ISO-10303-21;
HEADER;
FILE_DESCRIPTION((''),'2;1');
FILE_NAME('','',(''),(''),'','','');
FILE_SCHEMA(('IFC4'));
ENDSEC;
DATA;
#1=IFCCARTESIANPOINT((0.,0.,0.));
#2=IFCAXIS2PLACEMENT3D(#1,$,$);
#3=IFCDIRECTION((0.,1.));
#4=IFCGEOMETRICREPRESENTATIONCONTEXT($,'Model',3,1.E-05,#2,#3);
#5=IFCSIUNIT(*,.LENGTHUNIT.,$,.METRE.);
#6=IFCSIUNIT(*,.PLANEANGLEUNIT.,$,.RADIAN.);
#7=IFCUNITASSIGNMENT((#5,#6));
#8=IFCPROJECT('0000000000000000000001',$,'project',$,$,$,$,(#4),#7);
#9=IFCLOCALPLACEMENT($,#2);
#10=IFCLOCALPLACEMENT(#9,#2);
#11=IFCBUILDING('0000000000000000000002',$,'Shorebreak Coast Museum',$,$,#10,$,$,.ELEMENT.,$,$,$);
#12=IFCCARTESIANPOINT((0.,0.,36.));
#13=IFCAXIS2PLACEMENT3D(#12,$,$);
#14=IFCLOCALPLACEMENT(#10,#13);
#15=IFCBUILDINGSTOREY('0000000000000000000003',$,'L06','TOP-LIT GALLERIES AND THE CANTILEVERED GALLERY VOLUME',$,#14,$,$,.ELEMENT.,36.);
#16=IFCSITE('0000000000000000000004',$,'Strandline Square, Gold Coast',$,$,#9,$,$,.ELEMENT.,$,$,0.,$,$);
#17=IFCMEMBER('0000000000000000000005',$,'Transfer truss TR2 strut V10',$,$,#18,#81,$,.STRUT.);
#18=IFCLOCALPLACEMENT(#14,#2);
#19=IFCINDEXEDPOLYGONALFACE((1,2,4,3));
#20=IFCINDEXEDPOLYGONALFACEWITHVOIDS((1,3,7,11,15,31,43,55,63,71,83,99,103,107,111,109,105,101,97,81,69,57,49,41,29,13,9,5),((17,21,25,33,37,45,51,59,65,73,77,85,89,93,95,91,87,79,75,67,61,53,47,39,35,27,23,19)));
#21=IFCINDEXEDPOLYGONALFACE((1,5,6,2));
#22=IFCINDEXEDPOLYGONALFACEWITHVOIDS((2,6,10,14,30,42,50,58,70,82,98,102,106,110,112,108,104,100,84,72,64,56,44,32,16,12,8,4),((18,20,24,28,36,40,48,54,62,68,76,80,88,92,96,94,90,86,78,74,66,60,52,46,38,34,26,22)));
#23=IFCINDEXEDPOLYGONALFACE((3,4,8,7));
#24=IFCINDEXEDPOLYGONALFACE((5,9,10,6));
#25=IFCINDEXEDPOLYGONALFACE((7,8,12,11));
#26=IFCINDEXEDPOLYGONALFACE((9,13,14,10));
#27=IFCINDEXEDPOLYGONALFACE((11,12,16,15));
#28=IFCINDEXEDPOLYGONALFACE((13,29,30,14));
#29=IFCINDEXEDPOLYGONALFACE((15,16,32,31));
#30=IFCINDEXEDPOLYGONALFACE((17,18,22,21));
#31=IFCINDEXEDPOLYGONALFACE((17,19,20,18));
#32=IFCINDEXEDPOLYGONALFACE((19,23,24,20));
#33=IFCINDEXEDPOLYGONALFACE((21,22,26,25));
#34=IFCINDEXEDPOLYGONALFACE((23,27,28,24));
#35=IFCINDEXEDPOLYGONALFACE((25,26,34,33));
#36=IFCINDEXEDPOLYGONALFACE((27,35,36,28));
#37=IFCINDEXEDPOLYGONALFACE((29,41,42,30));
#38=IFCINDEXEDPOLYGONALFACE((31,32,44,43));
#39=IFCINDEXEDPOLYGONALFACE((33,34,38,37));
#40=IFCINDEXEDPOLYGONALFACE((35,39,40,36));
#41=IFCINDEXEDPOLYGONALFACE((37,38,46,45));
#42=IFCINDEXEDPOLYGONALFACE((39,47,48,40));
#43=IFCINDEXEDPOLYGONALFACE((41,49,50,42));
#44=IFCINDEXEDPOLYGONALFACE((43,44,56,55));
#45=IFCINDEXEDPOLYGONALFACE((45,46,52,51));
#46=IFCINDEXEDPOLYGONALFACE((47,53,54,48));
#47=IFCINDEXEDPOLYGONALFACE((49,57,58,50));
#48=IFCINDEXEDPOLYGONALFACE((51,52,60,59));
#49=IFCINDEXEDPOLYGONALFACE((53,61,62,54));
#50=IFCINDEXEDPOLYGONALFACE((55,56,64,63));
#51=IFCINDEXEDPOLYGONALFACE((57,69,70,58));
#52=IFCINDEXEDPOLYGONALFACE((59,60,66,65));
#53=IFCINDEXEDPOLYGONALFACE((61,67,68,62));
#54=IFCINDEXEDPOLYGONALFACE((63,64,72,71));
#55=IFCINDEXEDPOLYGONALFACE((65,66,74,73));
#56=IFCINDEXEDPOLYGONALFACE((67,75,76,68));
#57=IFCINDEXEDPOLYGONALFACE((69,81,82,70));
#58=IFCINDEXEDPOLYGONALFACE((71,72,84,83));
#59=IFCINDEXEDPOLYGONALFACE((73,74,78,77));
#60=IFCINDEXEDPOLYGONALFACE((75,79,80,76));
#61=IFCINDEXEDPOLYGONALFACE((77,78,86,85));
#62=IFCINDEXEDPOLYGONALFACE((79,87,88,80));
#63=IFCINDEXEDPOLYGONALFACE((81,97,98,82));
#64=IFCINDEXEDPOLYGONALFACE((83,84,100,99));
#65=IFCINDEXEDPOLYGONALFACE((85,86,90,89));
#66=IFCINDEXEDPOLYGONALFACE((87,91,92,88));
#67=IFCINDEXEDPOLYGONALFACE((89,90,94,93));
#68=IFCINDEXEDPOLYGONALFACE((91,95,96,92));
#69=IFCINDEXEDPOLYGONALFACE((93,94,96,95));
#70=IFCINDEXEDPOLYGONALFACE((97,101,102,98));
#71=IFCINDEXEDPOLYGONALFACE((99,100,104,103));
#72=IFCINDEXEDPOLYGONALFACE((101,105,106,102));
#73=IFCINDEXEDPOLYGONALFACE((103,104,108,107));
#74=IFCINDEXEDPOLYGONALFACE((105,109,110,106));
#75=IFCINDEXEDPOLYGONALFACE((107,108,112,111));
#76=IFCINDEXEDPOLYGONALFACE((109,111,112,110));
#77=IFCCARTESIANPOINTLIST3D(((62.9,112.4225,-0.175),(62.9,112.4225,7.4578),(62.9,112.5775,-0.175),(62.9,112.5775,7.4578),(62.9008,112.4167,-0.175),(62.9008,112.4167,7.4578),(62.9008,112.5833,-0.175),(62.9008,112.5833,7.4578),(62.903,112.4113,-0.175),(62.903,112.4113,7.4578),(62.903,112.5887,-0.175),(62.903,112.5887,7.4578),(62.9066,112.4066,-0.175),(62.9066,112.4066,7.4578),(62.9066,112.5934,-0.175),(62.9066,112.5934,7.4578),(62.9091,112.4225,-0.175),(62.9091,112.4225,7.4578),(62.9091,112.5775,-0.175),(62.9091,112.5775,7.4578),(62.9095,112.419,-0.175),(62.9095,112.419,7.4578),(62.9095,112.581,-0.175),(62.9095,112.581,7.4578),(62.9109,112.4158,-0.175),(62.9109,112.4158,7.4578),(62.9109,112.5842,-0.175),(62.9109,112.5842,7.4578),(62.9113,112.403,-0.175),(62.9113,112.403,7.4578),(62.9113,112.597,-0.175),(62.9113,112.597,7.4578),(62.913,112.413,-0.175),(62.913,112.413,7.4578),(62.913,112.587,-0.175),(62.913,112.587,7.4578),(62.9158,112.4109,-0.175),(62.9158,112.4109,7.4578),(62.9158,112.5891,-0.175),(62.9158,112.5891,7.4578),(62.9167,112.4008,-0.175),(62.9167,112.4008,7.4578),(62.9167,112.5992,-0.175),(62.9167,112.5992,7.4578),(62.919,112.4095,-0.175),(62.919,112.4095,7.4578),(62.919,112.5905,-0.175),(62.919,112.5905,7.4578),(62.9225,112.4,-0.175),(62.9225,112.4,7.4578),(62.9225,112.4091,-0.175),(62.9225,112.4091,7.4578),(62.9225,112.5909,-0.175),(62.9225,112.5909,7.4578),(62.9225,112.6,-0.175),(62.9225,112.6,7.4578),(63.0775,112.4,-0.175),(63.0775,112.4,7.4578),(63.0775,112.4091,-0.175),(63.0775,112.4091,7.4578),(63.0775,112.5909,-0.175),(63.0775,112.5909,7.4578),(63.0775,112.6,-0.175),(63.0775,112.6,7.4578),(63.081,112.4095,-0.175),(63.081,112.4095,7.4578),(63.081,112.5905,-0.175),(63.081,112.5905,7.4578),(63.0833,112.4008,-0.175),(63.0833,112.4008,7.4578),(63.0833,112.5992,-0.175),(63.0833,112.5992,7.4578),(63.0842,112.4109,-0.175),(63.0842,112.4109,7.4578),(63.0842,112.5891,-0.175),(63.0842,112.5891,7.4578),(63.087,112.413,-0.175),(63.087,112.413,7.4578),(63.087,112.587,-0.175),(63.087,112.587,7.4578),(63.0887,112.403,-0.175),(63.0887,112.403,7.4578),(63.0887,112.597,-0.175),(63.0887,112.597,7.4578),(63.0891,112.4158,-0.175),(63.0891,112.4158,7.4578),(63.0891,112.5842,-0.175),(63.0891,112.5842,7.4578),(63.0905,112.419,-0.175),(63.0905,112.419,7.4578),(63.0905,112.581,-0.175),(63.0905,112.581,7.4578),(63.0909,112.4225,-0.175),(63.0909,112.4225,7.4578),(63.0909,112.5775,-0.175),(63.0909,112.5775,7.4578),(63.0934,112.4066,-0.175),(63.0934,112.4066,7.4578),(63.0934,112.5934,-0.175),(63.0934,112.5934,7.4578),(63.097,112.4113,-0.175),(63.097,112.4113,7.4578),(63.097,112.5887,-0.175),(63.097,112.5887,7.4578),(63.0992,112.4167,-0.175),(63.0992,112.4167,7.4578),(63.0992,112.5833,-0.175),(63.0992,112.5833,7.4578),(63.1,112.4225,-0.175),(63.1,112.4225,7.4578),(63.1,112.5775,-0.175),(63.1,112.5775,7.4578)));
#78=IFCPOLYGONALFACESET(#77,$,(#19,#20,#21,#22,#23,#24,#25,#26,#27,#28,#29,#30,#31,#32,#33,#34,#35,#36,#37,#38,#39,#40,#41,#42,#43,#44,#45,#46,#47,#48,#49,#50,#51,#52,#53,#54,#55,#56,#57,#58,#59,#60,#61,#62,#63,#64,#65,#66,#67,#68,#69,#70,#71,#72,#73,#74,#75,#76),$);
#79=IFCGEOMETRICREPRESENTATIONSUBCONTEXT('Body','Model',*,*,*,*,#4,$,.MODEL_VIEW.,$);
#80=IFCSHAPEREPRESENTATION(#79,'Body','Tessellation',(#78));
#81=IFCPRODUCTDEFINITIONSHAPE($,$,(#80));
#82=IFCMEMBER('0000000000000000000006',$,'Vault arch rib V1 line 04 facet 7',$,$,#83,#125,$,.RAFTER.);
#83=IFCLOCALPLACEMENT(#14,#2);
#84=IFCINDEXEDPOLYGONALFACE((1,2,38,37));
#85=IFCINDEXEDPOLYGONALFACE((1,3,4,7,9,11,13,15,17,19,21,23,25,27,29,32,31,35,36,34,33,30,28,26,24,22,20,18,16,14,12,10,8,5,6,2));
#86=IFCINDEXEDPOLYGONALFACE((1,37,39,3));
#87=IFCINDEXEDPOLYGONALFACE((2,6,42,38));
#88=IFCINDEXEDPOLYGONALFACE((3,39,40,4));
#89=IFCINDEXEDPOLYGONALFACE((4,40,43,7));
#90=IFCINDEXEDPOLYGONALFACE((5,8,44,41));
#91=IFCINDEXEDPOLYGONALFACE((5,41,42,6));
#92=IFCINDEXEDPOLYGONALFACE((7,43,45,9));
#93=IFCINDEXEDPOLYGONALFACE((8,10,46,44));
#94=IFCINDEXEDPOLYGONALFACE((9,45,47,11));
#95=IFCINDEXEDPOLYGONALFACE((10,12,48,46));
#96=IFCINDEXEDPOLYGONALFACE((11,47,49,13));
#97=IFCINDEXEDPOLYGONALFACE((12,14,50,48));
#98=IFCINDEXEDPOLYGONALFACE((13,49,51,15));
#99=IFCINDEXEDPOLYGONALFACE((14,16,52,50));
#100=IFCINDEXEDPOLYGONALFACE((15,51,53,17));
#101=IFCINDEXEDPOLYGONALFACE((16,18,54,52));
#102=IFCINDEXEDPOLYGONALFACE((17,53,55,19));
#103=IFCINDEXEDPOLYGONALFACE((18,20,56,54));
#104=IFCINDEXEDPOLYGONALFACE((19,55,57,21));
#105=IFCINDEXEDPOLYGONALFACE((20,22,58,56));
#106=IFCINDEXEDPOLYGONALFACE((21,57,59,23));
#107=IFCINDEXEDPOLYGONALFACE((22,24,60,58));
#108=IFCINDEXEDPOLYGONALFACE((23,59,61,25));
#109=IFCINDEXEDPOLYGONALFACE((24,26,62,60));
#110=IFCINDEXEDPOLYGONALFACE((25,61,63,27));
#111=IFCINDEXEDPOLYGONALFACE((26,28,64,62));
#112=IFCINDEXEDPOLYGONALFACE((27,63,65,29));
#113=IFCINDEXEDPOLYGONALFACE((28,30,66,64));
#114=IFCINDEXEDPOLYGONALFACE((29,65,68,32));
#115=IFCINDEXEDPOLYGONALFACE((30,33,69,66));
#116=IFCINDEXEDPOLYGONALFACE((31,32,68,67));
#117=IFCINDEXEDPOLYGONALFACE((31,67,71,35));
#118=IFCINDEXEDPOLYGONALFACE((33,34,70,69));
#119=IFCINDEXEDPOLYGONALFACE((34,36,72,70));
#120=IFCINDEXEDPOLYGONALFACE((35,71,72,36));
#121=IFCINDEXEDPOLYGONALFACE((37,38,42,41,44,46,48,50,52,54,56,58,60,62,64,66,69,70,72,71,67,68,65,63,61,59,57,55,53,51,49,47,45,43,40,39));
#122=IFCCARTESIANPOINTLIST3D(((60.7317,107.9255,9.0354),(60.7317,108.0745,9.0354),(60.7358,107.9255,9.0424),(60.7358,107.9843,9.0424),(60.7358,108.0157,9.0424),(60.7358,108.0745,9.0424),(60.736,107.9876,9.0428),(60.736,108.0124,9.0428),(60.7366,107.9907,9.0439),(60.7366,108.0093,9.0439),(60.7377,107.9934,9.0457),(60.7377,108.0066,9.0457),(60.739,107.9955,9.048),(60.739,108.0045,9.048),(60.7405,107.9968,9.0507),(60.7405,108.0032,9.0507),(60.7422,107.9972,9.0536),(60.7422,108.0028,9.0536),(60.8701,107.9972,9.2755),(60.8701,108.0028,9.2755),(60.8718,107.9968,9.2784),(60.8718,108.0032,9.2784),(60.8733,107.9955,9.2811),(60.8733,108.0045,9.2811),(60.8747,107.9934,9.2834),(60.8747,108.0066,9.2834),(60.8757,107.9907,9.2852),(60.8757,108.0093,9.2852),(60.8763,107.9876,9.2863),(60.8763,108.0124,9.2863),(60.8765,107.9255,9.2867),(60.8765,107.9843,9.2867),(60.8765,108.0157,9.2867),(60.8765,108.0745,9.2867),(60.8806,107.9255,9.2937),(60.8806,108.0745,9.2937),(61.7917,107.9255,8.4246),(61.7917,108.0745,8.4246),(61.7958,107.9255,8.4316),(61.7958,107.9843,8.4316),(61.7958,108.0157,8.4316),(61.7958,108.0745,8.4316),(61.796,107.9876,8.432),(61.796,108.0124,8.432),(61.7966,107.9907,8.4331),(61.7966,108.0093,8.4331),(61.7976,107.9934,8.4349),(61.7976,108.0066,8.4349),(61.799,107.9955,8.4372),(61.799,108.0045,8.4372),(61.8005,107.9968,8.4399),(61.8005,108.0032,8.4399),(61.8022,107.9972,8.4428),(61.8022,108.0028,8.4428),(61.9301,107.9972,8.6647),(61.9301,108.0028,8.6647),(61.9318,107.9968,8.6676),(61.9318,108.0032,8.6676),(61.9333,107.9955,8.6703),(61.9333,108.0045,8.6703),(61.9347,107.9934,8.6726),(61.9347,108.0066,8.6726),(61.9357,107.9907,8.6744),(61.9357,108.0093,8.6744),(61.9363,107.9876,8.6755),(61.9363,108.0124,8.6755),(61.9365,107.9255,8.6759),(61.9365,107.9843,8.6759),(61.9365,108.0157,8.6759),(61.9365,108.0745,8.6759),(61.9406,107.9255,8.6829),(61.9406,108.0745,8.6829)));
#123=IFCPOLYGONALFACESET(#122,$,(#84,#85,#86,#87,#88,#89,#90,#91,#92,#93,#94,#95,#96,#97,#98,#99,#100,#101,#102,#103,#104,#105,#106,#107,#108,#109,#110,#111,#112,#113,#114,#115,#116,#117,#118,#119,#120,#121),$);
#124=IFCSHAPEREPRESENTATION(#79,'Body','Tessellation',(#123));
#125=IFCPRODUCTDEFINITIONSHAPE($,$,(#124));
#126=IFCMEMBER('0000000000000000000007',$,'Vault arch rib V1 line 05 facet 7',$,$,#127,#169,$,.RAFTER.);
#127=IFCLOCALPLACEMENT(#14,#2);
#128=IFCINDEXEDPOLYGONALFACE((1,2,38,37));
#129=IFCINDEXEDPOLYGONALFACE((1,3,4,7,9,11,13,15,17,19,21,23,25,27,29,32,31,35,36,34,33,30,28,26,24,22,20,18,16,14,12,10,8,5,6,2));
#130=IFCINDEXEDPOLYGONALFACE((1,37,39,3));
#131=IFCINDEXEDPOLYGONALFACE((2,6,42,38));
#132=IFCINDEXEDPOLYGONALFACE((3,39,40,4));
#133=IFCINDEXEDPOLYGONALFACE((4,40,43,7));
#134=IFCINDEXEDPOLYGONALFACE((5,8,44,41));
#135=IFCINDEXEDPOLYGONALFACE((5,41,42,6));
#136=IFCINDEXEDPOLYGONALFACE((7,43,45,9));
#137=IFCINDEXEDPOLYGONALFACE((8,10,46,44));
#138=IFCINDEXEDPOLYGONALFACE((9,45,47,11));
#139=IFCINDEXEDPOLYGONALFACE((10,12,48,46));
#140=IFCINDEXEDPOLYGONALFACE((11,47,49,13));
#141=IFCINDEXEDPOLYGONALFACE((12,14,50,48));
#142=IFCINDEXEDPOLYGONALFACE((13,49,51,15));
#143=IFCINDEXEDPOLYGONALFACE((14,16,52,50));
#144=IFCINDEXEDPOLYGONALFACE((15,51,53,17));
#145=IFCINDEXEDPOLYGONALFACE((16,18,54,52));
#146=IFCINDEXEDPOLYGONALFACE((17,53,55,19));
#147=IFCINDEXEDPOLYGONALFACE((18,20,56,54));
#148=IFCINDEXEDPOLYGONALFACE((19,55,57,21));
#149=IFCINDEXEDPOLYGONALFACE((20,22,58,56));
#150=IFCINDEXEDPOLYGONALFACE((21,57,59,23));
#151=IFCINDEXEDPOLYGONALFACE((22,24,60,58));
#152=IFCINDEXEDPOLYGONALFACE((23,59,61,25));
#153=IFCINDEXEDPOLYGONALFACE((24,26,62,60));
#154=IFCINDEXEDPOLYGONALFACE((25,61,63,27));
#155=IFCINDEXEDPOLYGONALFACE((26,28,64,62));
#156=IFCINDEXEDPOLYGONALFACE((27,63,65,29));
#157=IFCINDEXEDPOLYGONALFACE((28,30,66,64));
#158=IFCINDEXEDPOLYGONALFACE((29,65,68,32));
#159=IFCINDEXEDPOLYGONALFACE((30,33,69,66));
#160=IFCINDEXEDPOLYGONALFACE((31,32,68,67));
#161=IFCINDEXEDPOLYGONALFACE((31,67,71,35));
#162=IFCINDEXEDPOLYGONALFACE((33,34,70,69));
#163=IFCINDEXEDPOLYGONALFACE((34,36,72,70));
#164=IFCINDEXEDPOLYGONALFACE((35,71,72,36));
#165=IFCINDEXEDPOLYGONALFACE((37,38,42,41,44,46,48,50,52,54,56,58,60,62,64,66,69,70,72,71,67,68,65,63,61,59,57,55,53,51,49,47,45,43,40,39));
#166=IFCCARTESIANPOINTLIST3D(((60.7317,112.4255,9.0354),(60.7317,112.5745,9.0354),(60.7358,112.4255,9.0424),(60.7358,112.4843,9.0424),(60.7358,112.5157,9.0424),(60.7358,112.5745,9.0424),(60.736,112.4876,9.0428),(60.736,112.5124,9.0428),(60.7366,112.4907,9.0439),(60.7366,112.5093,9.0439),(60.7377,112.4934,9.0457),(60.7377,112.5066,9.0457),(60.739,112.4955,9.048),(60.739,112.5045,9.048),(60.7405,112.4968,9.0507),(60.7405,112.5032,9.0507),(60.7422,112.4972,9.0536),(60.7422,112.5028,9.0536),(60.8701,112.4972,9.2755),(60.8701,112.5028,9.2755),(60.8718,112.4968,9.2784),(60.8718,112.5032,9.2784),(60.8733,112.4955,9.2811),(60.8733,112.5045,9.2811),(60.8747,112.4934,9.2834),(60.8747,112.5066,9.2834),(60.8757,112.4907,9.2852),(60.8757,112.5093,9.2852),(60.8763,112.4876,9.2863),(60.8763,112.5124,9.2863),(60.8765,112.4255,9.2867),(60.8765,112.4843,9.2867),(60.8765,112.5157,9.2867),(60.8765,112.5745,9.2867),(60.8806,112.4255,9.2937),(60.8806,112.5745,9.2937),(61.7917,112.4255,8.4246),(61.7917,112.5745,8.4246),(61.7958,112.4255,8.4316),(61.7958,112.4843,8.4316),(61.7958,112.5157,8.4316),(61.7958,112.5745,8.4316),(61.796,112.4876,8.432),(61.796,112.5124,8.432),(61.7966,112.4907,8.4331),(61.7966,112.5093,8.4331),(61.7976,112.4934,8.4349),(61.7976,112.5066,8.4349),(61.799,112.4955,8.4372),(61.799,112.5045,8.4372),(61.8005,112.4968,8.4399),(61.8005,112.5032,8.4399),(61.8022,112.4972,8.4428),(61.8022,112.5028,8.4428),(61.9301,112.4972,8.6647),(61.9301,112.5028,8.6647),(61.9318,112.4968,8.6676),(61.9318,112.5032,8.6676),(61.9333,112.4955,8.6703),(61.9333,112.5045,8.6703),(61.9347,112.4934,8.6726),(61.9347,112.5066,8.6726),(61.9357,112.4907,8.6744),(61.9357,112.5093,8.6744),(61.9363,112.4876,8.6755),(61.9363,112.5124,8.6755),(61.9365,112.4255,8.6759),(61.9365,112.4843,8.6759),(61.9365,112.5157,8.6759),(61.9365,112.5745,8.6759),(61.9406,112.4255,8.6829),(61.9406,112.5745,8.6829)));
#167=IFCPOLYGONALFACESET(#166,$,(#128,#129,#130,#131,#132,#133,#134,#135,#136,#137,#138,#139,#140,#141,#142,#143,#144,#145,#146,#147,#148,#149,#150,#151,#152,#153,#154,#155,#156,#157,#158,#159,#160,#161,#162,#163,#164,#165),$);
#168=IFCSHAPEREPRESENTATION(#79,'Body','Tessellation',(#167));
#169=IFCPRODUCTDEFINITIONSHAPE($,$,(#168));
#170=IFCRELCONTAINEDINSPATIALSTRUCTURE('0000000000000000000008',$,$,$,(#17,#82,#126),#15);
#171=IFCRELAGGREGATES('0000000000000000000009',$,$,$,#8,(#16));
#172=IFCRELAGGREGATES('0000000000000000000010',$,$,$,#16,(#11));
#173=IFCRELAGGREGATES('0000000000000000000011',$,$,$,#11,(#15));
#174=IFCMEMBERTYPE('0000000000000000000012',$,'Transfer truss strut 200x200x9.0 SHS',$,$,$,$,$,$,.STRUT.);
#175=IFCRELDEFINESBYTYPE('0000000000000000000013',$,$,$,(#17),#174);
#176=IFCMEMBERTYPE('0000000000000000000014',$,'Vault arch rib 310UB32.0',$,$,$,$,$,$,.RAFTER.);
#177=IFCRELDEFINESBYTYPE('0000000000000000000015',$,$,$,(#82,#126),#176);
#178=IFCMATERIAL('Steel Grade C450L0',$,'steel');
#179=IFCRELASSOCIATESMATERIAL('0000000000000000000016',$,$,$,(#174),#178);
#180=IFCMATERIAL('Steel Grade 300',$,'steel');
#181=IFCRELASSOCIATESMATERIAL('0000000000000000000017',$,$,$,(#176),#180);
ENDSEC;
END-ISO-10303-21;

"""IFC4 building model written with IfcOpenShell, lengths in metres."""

from ifc_helpers import new_model, si_unit, direction, frame, origin, origin_2d, place, context, subcontext, project, spatial, hollow_rectangle, i_section, extrude, material, material_profile, profile_set, type_object, element, save


model = new_model("IFC4")

# Units and contexts
model_context = context("Model", 3, precision=1e-05, world=origin(), true_north=direction((0.0, 1.0)))
body_context = subcontext(model_context, "Body", "Model", "MODEL_VIEW")
ifc_project = project(units=[si_unit("LENGTHUNIT", "METRE"), si_unit("PLANEANGLEUNIT", "RADIAN")], contexts=[model_context])

# Site, building, storey
site_placement = place(None, origin())
site = spatial("IfcSite", under=ifc_project, at=site_placement, Name="Strandline Square, Gold Coast", CompositionType="ELEMENT", RefElevation=0.0)
building_placement = place(site_placement, origin())
building = spatial("IfcBuilding", under=site, at=building_placement, Name="Shorebreak Coast Museum", CompositionType="ELEMENT")
storey_placement = place(building_placement, frame((0.0, 0.0, 36.0)))
storey = spatial("IfcBuildingStorey", under=building, at=storey_placement, Name="L06", Description="TOP-LIT GALLERIES AND THE CANTILEVERED GALLERY VOLUME", CompositionType="ELEMENT", Elevation=36.0)

# Members
ifc_material_1 = material(Name="Steel Grade C450L0", Category="steel")
ifc_material_profile_1 = material_profile(ifc_material_1, hollow_rectangle(XDim=0.2, YDim=0.2, WallThickness=0.009, InnerFilletRadius=0.0134, OuterFilletRadius=0.0225, at=origin_2d()), Name="200x200x9.0 SHS")
ifc_profile_set_1 = profile_set([ifc_material_profile_1], Name="Steel Grade C450L0")
member_type_1 = type_object("IfcMemberType", Name="Transfer truss strut 200x200x9.0 SHS", PredefinedType="STRUT", material=ifc_profile_set_1)
member_1_placement = place(storey_placement, frame((63.0, 112.5, -0.175), z_axis=(0.0, 0.0, 1.0), x_axis=(1.0, 0.0, 0.0)))
element("IfcMember", 1, at=member_1_placement, inside=storey, type_object=member_type_1, Name="Transfer truss TR2 strut V10", PredefinedType="STRUT", context=body_context, shape_type="SweptSolid", body=[
    extrude(hollow_rectangle(XDim=0.2, YDim=0.2, WallThickness=0.009, InnerFilletRadius=0.0134, OuterFilletRadius=0.0225, at=origin_2d()), origin(), (0.0, 0.0, 1.0), 7.6328),
])
ifc_material_2 = material(Name="Steel Grade 300", Category="steel")
ifc_material_profile_2 = material_profile(ifc_material_2, i_section(OverallWidth=0.1489, OverallDepth=0.2981, WebThickness=0.0056, FlangeThickness=0.0081, FilletRadius=0.0129, at=origin_2d()), Name="310UB32.0")
ifc_profile_set_2 = profile_set([ifc_material_profile_2], Name="Steel Grade 300")
member_type_2 = type_object("IfcMemberType", Name="Vault arch rib 310UB32.0", PredefinedType="RAFTER", material=ifc_profile_set_2)
for number, where, z_axis, x_axis, name in (
    (2, (60.8062, 108.0, 9.1646), (0.866445, 0.0, -0.499273), (0.0, 1.0, 0.0), "Vault arch rib V1 line 04 facet 7"),
    (3, (60.8062, 112.5, 9.1646), (0.866445, 0.0, -0.499273), (0.0, 1.0, 0.0), "Vault arch rib V1 line 05 facet 7"),
):
    element("IfcMember", number, at=place(storey_placement, frame(where, z_axis=z_axis, x_axis=x_axis)), inside=storey, type_object=member_type_2, Name=name, PredefinedType="RAFTER", context=body_context, shape_type="SweptSolid", body=[
        extrude(i_section(OverallWidth=0.1489, OverallDepth=0.2981, WebThickness=0.0056, FlangeThickness=0.0081, FilletRadius=0.0129, at=origin_2d()), origin(), (0.0, 0.0, 1.0), 1.2234),
    ])

save(model, "model.ifc")
